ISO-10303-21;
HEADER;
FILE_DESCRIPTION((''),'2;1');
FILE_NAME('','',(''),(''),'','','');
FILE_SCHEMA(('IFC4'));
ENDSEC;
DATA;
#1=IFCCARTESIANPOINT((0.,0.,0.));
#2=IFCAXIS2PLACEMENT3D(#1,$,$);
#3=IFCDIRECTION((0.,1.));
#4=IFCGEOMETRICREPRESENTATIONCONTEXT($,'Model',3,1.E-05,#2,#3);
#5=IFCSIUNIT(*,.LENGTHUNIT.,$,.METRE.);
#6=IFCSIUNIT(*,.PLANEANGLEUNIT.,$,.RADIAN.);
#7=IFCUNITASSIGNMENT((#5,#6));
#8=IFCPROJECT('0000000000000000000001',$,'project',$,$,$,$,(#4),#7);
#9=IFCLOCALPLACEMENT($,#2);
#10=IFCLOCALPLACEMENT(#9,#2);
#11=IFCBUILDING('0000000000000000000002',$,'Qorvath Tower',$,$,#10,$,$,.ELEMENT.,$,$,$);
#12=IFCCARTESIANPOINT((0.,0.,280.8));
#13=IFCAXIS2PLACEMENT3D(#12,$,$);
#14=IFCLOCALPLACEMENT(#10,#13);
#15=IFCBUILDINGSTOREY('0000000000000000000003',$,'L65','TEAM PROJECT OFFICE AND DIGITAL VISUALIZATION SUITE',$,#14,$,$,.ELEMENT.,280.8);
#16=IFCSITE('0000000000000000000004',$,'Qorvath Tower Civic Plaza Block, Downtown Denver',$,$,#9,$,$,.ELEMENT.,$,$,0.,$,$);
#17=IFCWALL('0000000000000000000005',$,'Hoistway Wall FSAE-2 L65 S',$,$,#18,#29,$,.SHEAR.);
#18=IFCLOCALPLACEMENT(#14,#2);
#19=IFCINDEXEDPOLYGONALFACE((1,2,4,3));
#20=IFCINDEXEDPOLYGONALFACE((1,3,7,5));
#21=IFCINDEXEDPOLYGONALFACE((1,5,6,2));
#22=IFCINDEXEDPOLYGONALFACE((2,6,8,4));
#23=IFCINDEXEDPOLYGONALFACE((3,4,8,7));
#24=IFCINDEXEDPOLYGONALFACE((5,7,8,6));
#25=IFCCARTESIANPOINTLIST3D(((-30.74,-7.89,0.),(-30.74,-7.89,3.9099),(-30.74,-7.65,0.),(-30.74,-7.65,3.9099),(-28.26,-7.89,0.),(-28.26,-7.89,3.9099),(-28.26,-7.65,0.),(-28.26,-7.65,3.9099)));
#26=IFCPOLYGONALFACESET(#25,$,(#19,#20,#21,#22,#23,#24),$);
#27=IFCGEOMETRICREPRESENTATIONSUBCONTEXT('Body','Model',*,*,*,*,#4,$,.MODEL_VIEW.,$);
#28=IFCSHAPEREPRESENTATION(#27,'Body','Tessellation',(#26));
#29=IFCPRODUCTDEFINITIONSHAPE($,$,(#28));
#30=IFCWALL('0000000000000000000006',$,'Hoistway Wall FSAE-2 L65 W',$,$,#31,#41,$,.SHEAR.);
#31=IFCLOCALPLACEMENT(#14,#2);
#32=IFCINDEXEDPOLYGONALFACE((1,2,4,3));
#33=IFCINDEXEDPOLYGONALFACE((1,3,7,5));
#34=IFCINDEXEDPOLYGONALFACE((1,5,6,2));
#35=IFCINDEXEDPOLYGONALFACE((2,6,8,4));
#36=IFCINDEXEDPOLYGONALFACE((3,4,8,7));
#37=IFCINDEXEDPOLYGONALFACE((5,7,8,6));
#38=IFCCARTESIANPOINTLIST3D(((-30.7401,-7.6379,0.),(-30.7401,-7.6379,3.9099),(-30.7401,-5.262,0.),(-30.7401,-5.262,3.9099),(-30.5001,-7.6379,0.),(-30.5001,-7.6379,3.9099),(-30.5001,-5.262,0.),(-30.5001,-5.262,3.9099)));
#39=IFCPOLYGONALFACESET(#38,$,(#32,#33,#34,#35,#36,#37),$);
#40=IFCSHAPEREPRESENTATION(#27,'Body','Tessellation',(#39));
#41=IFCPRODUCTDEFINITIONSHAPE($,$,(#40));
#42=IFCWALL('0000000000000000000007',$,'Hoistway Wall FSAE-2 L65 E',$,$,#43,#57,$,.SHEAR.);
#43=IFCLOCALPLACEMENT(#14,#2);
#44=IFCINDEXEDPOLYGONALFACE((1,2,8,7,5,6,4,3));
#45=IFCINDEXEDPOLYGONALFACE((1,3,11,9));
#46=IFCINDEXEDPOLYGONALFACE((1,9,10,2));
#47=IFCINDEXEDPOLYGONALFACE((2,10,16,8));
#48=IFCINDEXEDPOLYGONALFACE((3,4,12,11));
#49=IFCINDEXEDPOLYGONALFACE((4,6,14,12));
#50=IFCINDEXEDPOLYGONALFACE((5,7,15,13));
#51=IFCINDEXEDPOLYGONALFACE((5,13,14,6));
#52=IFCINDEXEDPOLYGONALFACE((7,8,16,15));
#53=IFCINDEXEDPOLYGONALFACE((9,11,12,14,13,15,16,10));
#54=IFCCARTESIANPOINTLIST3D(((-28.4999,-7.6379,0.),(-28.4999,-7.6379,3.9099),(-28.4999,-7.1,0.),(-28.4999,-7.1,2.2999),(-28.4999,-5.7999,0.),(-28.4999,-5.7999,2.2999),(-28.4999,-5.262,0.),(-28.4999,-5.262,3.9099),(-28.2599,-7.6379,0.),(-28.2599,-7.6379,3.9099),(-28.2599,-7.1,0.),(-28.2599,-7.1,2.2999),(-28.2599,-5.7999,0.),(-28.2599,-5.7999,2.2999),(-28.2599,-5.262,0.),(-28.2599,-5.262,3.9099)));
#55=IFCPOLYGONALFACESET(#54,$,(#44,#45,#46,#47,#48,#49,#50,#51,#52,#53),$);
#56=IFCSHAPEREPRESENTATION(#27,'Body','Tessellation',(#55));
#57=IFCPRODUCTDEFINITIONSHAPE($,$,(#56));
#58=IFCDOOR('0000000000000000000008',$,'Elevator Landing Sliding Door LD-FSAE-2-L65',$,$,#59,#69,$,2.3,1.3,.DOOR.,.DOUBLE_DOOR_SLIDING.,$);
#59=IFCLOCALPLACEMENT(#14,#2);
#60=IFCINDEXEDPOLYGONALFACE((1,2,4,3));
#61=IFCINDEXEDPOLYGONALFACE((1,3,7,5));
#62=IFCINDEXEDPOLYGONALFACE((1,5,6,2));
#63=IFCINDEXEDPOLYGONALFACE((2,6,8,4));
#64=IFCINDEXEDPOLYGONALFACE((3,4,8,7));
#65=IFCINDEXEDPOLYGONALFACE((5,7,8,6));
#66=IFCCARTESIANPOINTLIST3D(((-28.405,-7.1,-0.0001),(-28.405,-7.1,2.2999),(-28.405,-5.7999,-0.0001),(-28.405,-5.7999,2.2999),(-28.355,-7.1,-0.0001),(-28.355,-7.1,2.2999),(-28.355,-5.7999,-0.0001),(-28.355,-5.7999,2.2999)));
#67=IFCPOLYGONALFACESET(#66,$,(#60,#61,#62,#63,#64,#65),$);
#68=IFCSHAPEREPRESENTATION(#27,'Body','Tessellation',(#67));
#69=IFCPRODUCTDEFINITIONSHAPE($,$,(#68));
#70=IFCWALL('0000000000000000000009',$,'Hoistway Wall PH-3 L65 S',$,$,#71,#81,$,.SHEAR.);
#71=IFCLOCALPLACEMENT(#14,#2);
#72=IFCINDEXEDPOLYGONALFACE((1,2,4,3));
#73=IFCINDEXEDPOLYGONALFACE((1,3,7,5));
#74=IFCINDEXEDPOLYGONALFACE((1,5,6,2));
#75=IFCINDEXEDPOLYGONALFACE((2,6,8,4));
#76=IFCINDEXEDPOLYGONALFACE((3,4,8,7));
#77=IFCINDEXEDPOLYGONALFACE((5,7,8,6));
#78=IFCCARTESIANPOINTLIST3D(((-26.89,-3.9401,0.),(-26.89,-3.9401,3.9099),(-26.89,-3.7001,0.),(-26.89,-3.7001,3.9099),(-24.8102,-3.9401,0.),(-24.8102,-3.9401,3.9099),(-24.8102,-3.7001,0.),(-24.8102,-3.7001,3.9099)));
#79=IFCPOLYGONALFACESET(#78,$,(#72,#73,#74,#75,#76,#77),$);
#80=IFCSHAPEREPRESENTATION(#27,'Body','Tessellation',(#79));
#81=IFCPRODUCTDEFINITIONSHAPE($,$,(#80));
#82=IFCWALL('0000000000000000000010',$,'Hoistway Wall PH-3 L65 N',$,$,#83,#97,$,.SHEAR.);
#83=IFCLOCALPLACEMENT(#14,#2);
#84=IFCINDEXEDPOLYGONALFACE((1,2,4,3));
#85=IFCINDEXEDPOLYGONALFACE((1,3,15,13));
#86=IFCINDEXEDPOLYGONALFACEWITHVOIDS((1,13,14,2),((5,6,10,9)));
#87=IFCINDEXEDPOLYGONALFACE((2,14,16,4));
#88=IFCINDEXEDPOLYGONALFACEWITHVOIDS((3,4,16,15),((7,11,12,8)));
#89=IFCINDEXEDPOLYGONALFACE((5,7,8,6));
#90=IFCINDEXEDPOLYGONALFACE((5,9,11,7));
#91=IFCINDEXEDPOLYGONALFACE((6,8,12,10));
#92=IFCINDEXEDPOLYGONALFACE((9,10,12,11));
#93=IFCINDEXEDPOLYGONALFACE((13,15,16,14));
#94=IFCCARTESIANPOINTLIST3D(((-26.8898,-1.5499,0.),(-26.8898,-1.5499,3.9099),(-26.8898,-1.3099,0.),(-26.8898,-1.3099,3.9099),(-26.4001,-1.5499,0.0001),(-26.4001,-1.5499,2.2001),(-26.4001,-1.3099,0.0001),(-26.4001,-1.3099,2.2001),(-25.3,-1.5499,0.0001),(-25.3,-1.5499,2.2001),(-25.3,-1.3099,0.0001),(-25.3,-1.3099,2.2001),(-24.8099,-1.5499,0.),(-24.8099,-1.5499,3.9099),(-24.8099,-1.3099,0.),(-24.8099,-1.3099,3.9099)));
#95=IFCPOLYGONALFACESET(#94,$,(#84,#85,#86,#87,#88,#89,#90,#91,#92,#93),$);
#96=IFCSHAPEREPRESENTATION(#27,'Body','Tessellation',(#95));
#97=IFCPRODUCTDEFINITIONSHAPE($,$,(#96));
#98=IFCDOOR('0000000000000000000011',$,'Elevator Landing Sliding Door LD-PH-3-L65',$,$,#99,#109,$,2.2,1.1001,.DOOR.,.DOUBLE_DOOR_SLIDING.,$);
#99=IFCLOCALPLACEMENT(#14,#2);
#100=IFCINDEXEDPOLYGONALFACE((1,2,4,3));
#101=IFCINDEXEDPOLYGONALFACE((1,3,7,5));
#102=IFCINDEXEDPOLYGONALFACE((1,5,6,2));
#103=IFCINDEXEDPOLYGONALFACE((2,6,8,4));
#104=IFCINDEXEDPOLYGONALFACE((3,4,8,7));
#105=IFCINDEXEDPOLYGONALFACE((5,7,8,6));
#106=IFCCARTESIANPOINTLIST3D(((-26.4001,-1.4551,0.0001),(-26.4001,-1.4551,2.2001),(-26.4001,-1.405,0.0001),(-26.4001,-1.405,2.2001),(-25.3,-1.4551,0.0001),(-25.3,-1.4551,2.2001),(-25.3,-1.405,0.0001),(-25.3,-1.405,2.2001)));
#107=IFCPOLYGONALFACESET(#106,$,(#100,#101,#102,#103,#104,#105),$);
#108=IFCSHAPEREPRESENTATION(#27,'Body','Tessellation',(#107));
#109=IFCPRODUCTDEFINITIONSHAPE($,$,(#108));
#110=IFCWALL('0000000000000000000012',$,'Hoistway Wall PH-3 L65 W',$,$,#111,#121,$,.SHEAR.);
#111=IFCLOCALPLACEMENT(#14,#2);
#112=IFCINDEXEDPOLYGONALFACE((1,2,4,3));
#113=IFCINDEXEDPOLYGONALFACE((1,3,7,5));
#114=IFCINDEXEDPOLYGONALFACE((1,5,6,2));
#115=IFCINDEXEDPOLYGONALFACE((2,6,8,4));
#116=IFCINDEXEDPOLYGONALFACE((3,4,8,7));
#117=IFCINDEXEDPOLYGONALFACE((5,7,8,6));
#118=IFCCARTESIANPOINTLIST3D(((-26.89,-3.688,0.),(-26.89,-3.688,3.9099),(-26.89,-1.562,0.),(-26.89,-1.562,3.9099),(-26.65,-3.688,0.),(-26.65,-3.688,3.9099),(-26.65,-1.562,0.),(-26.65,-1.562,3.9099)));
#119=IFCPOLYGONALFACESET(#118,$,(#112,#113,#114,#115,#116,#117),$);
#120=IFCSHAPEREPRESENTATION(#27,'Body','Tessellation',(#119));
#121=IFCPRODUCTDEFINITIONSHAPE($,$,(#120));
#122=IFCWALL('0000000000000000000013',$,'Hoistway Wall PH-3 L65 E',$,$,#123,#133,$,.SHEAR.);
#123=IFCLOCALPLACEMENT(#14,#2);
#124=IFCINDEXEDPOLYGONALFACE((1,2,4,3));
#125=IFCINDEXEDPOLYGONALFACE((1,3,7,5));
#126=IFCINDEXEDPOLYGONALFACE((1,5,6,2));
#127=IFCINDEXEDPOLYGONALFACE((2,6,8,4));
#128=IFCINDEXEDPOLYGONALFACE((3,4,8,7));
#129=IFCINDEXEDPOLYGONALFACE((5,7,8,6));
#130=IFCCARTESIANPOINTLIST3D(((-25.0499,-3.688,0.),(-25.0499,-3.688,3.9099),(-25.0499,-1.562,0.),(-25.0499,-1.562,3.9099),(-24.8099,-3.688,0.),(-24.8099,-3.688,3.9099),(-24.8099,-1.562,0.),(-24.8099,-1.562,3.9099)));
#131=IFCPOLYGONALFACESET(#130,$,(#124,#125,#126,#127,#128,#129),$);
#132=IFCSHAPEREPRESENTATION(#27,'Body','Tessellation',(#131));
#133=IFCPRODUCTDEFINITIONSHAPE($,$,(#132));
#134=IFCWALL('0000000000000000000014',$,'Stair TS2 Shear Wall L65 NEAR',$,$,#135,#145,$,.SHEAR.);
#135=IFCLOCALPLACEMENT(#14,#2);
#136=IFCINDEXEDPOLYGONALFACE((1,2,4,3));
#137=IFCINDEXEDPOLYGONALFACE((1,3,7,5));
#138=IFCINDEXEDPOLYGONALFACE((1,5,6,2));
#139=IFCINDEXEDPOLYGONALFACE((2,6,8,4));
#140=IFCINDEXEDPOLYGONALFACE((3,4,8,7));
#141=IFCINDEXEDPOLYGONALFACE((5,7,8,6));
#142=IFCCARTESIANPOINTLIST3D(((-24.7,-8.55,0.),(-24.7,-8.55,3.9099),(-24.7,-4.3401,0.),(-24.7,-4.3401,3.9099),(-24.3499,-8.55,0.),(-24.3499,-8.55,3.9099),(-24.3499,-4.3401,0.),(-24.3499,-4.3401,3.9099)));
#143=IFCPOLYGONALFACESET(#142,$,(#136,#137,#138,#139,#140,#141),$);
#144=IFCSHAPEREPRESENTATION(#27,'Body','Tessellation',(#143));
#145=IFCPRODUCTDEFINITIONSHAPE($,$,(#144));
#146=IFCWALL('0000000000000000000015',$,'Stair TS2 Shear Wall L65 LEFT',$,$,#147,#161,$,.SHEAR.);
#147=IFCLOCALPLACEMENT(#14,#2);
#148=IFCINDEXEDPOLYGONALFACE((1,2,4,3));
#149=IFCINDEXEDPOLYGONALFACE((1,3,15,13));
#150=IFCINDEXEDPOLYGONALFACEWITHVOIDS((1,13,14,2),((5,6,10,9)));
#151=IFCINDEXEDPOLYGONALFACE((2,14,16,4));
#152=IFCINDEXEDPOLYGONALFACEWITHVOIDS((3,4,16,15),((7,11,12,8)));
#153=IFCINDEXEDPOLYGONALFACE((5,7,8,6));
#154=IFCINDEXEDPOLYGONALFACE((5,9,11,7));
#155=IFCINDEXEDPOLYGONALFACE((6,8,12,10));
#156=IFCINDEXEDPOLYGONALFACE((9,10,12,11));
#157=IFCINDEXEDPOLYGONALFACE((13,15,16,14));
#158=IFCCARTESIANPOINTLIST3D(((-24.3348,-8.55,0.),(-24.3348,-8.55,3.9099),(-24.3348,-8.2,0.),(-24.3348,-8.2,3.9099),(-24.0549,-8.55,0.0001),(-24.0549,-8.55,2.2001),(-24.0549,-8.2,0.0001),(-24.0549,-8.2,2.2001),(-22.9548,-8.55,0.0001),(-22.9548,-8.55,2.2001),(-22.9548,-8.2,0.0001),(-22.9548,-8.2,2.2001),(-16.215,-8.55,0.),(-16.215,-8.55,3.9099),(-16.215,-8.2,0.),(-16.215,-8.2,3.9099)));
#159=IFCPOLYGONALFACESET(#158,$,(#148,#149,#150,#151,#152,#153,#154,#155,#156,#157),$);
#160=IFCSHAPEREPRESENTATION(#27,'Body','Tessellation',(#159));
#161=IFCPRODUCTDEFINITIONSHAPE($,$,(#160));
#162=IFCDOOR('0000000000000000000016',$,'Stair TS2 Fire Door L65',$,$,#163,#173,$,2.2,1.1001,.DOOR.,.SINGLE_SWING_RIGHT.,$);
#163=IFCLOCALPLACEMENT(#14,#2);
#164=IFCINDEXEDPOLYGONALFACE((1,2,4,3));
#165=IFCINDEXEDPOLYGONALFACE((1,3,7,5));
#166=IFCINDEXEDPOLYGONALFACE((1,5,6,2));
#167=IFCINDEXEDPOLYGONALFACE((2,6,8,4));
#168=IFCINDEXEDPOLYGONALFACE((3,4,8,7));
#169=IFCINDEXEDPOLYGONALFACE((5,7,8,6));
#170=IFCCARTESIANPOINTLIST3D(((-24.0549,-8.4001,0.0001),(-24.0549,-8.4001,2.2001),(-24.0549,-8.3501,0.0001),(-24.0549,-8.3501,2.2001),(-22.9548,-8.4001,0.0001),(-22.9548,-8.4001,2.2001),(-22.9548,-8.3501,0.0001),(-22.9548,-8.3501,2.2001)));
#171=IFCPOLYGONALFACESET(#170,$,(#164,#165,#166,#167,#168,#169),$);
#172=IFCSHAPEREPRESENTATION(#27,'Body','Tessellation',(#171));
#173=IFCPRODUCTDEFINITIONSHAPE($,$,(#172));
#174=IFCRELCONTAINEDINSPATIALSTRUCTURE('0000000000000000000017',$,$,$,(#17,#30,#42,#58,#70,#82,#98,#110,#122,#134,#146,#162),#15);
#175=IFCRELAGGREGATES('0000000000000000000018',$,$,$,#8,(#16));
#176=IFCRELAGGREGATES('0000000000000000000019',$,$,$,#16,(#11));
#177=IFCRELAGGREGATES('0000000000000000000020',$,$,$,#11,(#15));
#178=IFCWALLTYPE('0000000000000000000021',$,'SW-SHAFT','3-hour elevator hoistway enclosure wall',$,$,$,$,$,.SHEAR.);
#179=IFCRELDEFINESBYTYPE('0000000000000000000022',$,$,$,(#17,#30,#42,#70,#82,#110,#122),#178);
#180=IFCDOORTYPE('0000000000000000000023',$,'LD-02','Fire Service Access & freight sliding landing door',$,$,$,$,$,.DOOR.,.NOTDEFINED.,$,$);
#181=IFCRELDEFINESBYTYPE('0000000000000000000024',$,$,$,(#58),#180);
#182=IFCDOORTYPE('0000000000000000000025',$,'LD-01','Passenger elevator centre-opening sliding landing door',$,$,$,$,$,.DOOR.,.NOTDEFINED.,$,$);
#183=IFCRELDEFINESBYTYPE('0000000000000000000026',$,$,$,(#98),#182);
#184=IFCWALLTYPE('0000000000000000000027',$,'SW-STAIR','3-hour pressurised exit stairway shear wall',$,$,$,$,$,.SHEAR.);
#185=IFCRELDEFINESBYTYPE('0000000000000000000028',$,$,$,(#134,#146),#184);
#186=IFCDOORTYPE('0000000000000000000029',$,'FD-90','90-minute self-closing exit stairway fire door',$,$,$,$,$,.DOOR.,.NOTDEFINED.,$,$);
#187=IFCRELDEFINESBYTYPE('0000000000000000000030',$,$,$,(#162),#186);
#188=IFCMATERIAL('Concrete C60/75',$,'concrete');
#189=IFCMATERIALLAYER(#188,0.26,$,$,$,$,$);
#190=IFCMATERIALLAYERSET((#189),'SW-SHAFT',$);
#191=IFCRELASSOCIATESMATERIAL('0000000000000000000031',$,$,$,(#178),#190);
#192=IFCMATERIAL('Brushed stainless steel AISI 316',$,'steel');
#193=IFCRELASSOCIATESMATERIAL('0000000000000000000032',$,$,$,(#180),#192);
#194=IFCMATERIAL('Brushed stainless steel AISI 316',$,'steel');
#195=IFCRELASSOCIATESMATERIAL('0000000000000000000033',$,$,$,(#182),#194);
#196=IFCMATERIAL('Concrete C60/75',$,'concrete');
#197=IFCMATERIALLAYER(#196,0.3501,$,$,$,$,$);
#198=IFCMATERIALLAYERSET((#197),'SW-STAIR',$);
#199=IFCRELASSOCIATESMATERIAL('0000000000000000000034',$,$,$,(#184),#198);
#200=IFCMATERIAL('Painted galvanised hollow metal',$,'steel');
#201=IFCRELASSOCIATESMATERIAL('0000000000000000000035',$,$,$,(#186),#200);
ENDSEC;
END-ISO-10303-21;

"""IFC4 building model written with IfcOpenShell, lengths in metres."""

from ifc_helpers import new_model, si_unit, direction, frame, frame_2d, origin, place, context, subcontext, project, spatial, rectangle, extrude, material, layer, layer_set, type_object, element, fill, save


model = new_model("IFC4")

# Units and contexts
model_context = context("Model", 3, precision=1e-05, world=origin(), true_north=direction((0.0, 1.0)))
body_context = subcontext(model_context, "Body", "Model", "MODEL_VIEW")
ifc_project = project(units=[si_unit("LENGTHUNIT", "METRE"), si_unit("PLANEANGLEUNIT", "RADIAN")], contexts=[model_context])

# Site, building, storey
site_placement = place(None, origin())
site = spatial("IfcSite", under=ifc_project, at=site_placement, Name="Qorvath Tower Civic Plaza Block, Downtown Denver", CompositionType="ELEMENT", RefElevation=0.0)
building_placement = place(site_placement, origin())
building = spatial("IfcBuilding", under=site, at=building_placement, Name="Qorvath Tower", CompositionType="ELEMENT")
storey_placement = place(building_placement, frame((0.0, 0.0, 280.8)))
storey = spatial("IfcBuildingStorey", under=building, at=storey_placement, Name="L65", Description="TEAM PROJECT OFFICE AND DIGITAL VISUALIZATION SUITE", CompositionType="ELEMENT", Elevation=280.8)

# Walls
ifc_material_1 = material(Name="Concrete C60/75", Category="concrete")
ifc_layer_1 = layer(ifc_material_1, 0.26)
ifc_layer_set_1 = layer_set([ifc_layer_1], Name="SW-SHAFT")
wall_type_1 = type_object("IfcWallType", Name="SW-SHAFT", Description="3-hour elevator hoistway enclosure wall", PredefinedType="SHEAR", material=ifc_layer_set_1)
wall_1_placement = place(storey_placement, frame((-28.26, -7.77, 0.0), z_axis=(0.0, 0.0, 1.0), x_axis=(-1.0, 0.0, 0.0)))
element("IfcWall", 1, at=wall_1_placement, inside=storey, type_object=wall_type_1, Name="Hoistway Wall FSAE-2 L65 S", PredefinedType="SHEAR", context=body_context, shape_type="SweptSolid", body=[
    extrude(rectangle(XDim=2.48, YDim=0.24, at=frame_2d((1.24, 0.0))), origin(), (0.0, 0.0, 1.0), 3.9099),
])
wall_2_placement = place(storey_placement, frame((-30.6201, -7.6379, 0.0), z_axis=(0.0, 0.0, 1.0), x_axis=(0.0, 1.0, 0.0)))
element("IfcWall", 2, at=wall_2_placement, inside=storey, type_object=wall_type_1, Name="Hoistway Wall FSAE-2 L65 W", PredefinedType="SHEAR", context=body_context, shape_type="SweptSolid", body=[
    extrude(rectangle(XDim=2.376, YDim=0.24, at=frame_2d((1.188, 0.0))), origin(), (0.0, 0.0, 1.0), 3.9099),
])

# Wall, opening, door
wall_3_placement = place(storey_placement, frame((-28.3799, -5.262, 0.0), z_axis=(0.0, 0.0, 1.0), x_axis=(0.0, -1.0, 0.0)))
wall_3 = element("IfcWall", 3, at=wall_3_placement, inside=storey, type_object=wall_type_1, Name="Hoistway Wall FSAE-2 L65 E", PredefinedType="SHEAR", context=body_context, shape_type="SweptSolid", body=[
    extrude(rectangle(XDim=2.376, YDim=0.24, at=frame_2d((1.188, 0.0))), origin(), (0.0, 0.0, 1.0), 3.9099),
])
opening_1_placement = place(wall_3_placement, frame((0.5381, 0.0, 0.0)))
opening_1 = element("IfcOpeningElement", 4, at=opening_1_placement, cuts=wall_3, PredefinedType="OPENING", context=body_context, shape_type="SweptSolid", body=[
    extrude(rectangle(XDim=1.3, YDim=2.3, at=frame_2d((0.6499, 1.1499))), frame((0.0, 0.1299, 0.0), z_axis=(0.0, -1.0, 0.0), x_axis=(1.0, 0.0, 0.0)), (0.0, 0.0, 1.0), 0.26),
])
ifc_material_2 = material(Name="Brushed stainless steel AISI 316", Category="steel")
door_type_1 = type_object("IfcDoorType", Name="LD-02", Description="Fire Service Access & freight sliding landing door", OperationType="NOTDEFINED", PredefinedType="DOOR", material=ifc_material_2)
door_1_placement = place(opening_1_placement, origin())
door_1 = element("IfcDoor", 5, at=door_1_placement, inside=storey, type_object=door_type_1, Name="Elevator Landing Sliding Door LD-FSAE-2-L65", OperationType="DOUBLE_DOOR_SLIDING", OverallHeight=2.3, OverallWidth=1.3, PredefinedType="DOOR", context=body_context, shape_type="SweptSolid", body=[
    extrude(rectangle(XDim=1.3, YDim=2.3, at=frame_2d((0.6499, 1.1499))), frame((0.0, 0.0249, 0.0), z_axis=(0.0, -1.0, 0.0), x_axis=(1.0, 0.0, 0.0)), (0.0, 0.0, 1.0), 0.05),
])
fill(opening_1, door_1)

# Wall
wall_4_placement = place(storey_placement, frame((-24.8101, -3.8201, 0.0), z_axis=(0.0, 0.0, 1.0), x_axis=(-1.0, 0.0, 0.0)))
element("IfcWall", 6, at=wall_4_placement, inside=storey, type_object=wall_type_1, Name="Hoistway Wall PH-3 L65 S", PredefinedType="SHEAR", context=body_context, shape_type="SweptSolid", body=[
    extrude(rectangle(XDim=2.0798, YDim=0.24, at=frame_2d((1.04, 0.0))), origin(), (0.0, 0.0, 1.0), 3.9099),
])

# Wall, opening, door
wall_5_placement = place(storey_placement, frame((-26.8899, -1.4299, 0.0), z_axis=(0.0, 0.0, 1.0), x_axis=(1.0, 0.0, 0.0)))
wall_5 = element("IfcWall", 7, at=wall_5_placement, inside=storey, type_object=wall_type_1, Name="Hoistway Wall PH-3 L65 N", PredefinedType="SHEAR", context=body_context, shape_type="SweptSolid", body=[
    extrude(rectangle(XDim=2.0798, YDim=0.24, at=frame_2d((1.04, 0.0))), origin(), (0.0, 0.0, 1.0), 3.9099),
])
opening_2_placement = place(wall_5_placement, frame((0.4897, 0.0, 0.0)))
opening_2 = element("IfcOpeningElement", 8, at=opening_2_placement, cuts=wall_5, PredefinedType="OPENING", context=body_context, shape_type="SweptSolid", body=[
    extrude(rectangle(XDim=1.1001, YDim=2.2, at=frame_2d((0.55, 1.1001))), frame((0.0, 0.1299, 0.0), z_axis=(0.0, -1.0, 0.0), x_axis=(1.0, 0.0, 0.0)), (0.0, 0.0, 1.0), 0.26),
])
ifc_material_3 = material(Name="Brushed stainless steel AISI 316", Category="steel")
door_type_2 = type_object("IfcDoorType", Name="LD-01", Description="Passenger elevator centre-opening sliding landing door", OperationType="NOTDEFINED", PredefinedType="DOOR", material=ifc_material_3)
door_2_placement = place(opening_2_placement, origin())
door_2 = element("IfcDoor", 9, at=door_2_placement, inside=storey, type_object=door_type_2, Name="Elevator Landing Sliding Door LD-PH-3-L65", OperationType="DOUBLE_DOOR_SLIDING", OverallHeight=2.2, OverallWidth=1.1001, PredefinedType="DOOR", context=body_context, shape_type="SweptSolid", body=[
    extrude(rectangle(XDim=1.1001, YDim=2.2, at=frame_2d((0.55, 1.1001))), frame((0.0, 0.0249, 0.0), z_axis=(0.0, -1.0, 0.0), x_axis=(1.0, 0.0, 0.0)), (0.0, 0.0, 1.0), 0.05),
])
fill(opening_2, door_2)

# Walls
for number, where, z_axis, x_axis, name in (
    (10, (-26.77, -3.688, 0.0), (0.0, 0.0, 1.0), (0.0, 1.0, 0.0), "Hoistway Wall PH-3 L65 W"),
    (11, (-24.9299, -1.562, 0.0), (0.0, 0.0, 1.0), (0.0, -1.0, 0.0), "Hoistway Wall PH-3 L65 E"),
):
    element("IfcWall", number, at=place(storey_placement, frame(where, z_axis=z_axis, x_axis=x_axis)), inside=storey, type_object=wall_type_1, Name=name, PredefinedType="SHEAR", context=body_context, shape_type="SweptSolid", body=[
        extrude(rectangle(XDim=2.126, YDim=0.24, at=frame_2d((1.063, 0.0))), origin(), (0.0, 0.0, 1.0), 3.9099),
    ])
ifc_material_4 = material(Name="Concrete C60/75", Category="concrete")
ifc_layer_2 = layer(ifc_material_4, 0.3501)
ifc_layer_set_2 = layer_set([ifc_layer_2], Name="SW-STAIR")
wall_type_2 = type_object("IfcWallType", Name="SW-STAIR", Description="3-hour pressurised exit stairway shear wall", PredefinedType="SHEAR", material=ifc_layer_set_2)
wall_6_placement = place(storey_placement, frame((-24.5249, -4.3401, 0.0), z_axis=(0.0, 0.0, 1.0), x_axis=(0.0, -1.0, 0.0)))
element("IfcWall", 12, at=wall_6_placement, inside=storey, type_object=wall_type_2, Name="Stair TS2 Shear Wall L65 NEAR", PredefinedType="SHEAR", context=body_context, shape_type="SweptSolid", body=[
    extrude(rectangle(XDim=4.21, YDim=0.3501, at=frame_2d((2.105, 0.0))), origin(), (0.0, 0.0, 1.0), 3.9099),
])

# Wall, opening, door
wall_7_placement = place(storey_placement, frame((-24.335, -8.375, 0.0), z_axis=(0.0, 0.0, 1.0), x_axis=(1.0, 0.0, 0.0)))
wall_7 = element("IfcWall", 13, at=wall_7_placement, inside=storey, type_object=wall_type_2, Name="Stair TS2 Shear Wall L65 LEFT", PredefinedType="SHEAR", context=body_context, shape_type="SweptSolid", body=[
    extrude(rectangle(XDim=8.1199, YDim=0.3501, at=frame_2d((4.0601, 0.0))), origin(), (0.0, 0.0, 1.0), 3.9099),
])
opening_3_placement = place(wall_7_placement, frame((0.28, 0.0, 0.0)))
opening_3 = element("IfcOpeningElement", 14, at=opening_3_placement, cuts=wall_7, PredefinedType="OPENING", context=body_context, shape_type="SweptSolid", body=[
    extrude(rectangle(XDim=1.1001, YDim=2.2, at=frame_2d((0.55, 1.1001))), frame((0.0, 0.1851, 0.0), z_axis=(0.0, -1.0, 0.0), x_axis=(1.0, 0.0, 0.0)), (0.0, 0.0, 1.0), 0.3701),
])
ifc_material_5 = material(Name="Painted galvanised hollow metal", Category="steel")
door_type_3 = type_object("IfcDoorType", Name="FD-90", Description="90-minute self-closing exit stairway fire door", OperationType="NOTDEFINED", PredefinedType="DOOR", material=ifc_material_5)
door_3_placement = place(opening_3_placement, origin())
door_3 = element("IfcDoor", 15, at=door_3_placement, inside=storey, type_object=door_type_3, Name="Stair TS2 Fire Door L65", OperationType="SINGLE_SWING_RIGHT", OverallHeight=2.2, OverallWidth=1.1001, PredefinedType="DOOR", context=body_context, shape_type="SweptSolid", body=[
    extrude(rectangle(XDim=1.1001, YDim=2.2, at=frame_2d((0.55, 1.1001))), frame((0.0, 0.0249, 0.0), z_axis=(0.0, -1.0, 0.0), x_axis=(1.0, 0.0, 0.0)), (0.0, 0.0, 1.0), 0.05),
])
fill(opening_3, door_3)

save(model, "model.ifc")
